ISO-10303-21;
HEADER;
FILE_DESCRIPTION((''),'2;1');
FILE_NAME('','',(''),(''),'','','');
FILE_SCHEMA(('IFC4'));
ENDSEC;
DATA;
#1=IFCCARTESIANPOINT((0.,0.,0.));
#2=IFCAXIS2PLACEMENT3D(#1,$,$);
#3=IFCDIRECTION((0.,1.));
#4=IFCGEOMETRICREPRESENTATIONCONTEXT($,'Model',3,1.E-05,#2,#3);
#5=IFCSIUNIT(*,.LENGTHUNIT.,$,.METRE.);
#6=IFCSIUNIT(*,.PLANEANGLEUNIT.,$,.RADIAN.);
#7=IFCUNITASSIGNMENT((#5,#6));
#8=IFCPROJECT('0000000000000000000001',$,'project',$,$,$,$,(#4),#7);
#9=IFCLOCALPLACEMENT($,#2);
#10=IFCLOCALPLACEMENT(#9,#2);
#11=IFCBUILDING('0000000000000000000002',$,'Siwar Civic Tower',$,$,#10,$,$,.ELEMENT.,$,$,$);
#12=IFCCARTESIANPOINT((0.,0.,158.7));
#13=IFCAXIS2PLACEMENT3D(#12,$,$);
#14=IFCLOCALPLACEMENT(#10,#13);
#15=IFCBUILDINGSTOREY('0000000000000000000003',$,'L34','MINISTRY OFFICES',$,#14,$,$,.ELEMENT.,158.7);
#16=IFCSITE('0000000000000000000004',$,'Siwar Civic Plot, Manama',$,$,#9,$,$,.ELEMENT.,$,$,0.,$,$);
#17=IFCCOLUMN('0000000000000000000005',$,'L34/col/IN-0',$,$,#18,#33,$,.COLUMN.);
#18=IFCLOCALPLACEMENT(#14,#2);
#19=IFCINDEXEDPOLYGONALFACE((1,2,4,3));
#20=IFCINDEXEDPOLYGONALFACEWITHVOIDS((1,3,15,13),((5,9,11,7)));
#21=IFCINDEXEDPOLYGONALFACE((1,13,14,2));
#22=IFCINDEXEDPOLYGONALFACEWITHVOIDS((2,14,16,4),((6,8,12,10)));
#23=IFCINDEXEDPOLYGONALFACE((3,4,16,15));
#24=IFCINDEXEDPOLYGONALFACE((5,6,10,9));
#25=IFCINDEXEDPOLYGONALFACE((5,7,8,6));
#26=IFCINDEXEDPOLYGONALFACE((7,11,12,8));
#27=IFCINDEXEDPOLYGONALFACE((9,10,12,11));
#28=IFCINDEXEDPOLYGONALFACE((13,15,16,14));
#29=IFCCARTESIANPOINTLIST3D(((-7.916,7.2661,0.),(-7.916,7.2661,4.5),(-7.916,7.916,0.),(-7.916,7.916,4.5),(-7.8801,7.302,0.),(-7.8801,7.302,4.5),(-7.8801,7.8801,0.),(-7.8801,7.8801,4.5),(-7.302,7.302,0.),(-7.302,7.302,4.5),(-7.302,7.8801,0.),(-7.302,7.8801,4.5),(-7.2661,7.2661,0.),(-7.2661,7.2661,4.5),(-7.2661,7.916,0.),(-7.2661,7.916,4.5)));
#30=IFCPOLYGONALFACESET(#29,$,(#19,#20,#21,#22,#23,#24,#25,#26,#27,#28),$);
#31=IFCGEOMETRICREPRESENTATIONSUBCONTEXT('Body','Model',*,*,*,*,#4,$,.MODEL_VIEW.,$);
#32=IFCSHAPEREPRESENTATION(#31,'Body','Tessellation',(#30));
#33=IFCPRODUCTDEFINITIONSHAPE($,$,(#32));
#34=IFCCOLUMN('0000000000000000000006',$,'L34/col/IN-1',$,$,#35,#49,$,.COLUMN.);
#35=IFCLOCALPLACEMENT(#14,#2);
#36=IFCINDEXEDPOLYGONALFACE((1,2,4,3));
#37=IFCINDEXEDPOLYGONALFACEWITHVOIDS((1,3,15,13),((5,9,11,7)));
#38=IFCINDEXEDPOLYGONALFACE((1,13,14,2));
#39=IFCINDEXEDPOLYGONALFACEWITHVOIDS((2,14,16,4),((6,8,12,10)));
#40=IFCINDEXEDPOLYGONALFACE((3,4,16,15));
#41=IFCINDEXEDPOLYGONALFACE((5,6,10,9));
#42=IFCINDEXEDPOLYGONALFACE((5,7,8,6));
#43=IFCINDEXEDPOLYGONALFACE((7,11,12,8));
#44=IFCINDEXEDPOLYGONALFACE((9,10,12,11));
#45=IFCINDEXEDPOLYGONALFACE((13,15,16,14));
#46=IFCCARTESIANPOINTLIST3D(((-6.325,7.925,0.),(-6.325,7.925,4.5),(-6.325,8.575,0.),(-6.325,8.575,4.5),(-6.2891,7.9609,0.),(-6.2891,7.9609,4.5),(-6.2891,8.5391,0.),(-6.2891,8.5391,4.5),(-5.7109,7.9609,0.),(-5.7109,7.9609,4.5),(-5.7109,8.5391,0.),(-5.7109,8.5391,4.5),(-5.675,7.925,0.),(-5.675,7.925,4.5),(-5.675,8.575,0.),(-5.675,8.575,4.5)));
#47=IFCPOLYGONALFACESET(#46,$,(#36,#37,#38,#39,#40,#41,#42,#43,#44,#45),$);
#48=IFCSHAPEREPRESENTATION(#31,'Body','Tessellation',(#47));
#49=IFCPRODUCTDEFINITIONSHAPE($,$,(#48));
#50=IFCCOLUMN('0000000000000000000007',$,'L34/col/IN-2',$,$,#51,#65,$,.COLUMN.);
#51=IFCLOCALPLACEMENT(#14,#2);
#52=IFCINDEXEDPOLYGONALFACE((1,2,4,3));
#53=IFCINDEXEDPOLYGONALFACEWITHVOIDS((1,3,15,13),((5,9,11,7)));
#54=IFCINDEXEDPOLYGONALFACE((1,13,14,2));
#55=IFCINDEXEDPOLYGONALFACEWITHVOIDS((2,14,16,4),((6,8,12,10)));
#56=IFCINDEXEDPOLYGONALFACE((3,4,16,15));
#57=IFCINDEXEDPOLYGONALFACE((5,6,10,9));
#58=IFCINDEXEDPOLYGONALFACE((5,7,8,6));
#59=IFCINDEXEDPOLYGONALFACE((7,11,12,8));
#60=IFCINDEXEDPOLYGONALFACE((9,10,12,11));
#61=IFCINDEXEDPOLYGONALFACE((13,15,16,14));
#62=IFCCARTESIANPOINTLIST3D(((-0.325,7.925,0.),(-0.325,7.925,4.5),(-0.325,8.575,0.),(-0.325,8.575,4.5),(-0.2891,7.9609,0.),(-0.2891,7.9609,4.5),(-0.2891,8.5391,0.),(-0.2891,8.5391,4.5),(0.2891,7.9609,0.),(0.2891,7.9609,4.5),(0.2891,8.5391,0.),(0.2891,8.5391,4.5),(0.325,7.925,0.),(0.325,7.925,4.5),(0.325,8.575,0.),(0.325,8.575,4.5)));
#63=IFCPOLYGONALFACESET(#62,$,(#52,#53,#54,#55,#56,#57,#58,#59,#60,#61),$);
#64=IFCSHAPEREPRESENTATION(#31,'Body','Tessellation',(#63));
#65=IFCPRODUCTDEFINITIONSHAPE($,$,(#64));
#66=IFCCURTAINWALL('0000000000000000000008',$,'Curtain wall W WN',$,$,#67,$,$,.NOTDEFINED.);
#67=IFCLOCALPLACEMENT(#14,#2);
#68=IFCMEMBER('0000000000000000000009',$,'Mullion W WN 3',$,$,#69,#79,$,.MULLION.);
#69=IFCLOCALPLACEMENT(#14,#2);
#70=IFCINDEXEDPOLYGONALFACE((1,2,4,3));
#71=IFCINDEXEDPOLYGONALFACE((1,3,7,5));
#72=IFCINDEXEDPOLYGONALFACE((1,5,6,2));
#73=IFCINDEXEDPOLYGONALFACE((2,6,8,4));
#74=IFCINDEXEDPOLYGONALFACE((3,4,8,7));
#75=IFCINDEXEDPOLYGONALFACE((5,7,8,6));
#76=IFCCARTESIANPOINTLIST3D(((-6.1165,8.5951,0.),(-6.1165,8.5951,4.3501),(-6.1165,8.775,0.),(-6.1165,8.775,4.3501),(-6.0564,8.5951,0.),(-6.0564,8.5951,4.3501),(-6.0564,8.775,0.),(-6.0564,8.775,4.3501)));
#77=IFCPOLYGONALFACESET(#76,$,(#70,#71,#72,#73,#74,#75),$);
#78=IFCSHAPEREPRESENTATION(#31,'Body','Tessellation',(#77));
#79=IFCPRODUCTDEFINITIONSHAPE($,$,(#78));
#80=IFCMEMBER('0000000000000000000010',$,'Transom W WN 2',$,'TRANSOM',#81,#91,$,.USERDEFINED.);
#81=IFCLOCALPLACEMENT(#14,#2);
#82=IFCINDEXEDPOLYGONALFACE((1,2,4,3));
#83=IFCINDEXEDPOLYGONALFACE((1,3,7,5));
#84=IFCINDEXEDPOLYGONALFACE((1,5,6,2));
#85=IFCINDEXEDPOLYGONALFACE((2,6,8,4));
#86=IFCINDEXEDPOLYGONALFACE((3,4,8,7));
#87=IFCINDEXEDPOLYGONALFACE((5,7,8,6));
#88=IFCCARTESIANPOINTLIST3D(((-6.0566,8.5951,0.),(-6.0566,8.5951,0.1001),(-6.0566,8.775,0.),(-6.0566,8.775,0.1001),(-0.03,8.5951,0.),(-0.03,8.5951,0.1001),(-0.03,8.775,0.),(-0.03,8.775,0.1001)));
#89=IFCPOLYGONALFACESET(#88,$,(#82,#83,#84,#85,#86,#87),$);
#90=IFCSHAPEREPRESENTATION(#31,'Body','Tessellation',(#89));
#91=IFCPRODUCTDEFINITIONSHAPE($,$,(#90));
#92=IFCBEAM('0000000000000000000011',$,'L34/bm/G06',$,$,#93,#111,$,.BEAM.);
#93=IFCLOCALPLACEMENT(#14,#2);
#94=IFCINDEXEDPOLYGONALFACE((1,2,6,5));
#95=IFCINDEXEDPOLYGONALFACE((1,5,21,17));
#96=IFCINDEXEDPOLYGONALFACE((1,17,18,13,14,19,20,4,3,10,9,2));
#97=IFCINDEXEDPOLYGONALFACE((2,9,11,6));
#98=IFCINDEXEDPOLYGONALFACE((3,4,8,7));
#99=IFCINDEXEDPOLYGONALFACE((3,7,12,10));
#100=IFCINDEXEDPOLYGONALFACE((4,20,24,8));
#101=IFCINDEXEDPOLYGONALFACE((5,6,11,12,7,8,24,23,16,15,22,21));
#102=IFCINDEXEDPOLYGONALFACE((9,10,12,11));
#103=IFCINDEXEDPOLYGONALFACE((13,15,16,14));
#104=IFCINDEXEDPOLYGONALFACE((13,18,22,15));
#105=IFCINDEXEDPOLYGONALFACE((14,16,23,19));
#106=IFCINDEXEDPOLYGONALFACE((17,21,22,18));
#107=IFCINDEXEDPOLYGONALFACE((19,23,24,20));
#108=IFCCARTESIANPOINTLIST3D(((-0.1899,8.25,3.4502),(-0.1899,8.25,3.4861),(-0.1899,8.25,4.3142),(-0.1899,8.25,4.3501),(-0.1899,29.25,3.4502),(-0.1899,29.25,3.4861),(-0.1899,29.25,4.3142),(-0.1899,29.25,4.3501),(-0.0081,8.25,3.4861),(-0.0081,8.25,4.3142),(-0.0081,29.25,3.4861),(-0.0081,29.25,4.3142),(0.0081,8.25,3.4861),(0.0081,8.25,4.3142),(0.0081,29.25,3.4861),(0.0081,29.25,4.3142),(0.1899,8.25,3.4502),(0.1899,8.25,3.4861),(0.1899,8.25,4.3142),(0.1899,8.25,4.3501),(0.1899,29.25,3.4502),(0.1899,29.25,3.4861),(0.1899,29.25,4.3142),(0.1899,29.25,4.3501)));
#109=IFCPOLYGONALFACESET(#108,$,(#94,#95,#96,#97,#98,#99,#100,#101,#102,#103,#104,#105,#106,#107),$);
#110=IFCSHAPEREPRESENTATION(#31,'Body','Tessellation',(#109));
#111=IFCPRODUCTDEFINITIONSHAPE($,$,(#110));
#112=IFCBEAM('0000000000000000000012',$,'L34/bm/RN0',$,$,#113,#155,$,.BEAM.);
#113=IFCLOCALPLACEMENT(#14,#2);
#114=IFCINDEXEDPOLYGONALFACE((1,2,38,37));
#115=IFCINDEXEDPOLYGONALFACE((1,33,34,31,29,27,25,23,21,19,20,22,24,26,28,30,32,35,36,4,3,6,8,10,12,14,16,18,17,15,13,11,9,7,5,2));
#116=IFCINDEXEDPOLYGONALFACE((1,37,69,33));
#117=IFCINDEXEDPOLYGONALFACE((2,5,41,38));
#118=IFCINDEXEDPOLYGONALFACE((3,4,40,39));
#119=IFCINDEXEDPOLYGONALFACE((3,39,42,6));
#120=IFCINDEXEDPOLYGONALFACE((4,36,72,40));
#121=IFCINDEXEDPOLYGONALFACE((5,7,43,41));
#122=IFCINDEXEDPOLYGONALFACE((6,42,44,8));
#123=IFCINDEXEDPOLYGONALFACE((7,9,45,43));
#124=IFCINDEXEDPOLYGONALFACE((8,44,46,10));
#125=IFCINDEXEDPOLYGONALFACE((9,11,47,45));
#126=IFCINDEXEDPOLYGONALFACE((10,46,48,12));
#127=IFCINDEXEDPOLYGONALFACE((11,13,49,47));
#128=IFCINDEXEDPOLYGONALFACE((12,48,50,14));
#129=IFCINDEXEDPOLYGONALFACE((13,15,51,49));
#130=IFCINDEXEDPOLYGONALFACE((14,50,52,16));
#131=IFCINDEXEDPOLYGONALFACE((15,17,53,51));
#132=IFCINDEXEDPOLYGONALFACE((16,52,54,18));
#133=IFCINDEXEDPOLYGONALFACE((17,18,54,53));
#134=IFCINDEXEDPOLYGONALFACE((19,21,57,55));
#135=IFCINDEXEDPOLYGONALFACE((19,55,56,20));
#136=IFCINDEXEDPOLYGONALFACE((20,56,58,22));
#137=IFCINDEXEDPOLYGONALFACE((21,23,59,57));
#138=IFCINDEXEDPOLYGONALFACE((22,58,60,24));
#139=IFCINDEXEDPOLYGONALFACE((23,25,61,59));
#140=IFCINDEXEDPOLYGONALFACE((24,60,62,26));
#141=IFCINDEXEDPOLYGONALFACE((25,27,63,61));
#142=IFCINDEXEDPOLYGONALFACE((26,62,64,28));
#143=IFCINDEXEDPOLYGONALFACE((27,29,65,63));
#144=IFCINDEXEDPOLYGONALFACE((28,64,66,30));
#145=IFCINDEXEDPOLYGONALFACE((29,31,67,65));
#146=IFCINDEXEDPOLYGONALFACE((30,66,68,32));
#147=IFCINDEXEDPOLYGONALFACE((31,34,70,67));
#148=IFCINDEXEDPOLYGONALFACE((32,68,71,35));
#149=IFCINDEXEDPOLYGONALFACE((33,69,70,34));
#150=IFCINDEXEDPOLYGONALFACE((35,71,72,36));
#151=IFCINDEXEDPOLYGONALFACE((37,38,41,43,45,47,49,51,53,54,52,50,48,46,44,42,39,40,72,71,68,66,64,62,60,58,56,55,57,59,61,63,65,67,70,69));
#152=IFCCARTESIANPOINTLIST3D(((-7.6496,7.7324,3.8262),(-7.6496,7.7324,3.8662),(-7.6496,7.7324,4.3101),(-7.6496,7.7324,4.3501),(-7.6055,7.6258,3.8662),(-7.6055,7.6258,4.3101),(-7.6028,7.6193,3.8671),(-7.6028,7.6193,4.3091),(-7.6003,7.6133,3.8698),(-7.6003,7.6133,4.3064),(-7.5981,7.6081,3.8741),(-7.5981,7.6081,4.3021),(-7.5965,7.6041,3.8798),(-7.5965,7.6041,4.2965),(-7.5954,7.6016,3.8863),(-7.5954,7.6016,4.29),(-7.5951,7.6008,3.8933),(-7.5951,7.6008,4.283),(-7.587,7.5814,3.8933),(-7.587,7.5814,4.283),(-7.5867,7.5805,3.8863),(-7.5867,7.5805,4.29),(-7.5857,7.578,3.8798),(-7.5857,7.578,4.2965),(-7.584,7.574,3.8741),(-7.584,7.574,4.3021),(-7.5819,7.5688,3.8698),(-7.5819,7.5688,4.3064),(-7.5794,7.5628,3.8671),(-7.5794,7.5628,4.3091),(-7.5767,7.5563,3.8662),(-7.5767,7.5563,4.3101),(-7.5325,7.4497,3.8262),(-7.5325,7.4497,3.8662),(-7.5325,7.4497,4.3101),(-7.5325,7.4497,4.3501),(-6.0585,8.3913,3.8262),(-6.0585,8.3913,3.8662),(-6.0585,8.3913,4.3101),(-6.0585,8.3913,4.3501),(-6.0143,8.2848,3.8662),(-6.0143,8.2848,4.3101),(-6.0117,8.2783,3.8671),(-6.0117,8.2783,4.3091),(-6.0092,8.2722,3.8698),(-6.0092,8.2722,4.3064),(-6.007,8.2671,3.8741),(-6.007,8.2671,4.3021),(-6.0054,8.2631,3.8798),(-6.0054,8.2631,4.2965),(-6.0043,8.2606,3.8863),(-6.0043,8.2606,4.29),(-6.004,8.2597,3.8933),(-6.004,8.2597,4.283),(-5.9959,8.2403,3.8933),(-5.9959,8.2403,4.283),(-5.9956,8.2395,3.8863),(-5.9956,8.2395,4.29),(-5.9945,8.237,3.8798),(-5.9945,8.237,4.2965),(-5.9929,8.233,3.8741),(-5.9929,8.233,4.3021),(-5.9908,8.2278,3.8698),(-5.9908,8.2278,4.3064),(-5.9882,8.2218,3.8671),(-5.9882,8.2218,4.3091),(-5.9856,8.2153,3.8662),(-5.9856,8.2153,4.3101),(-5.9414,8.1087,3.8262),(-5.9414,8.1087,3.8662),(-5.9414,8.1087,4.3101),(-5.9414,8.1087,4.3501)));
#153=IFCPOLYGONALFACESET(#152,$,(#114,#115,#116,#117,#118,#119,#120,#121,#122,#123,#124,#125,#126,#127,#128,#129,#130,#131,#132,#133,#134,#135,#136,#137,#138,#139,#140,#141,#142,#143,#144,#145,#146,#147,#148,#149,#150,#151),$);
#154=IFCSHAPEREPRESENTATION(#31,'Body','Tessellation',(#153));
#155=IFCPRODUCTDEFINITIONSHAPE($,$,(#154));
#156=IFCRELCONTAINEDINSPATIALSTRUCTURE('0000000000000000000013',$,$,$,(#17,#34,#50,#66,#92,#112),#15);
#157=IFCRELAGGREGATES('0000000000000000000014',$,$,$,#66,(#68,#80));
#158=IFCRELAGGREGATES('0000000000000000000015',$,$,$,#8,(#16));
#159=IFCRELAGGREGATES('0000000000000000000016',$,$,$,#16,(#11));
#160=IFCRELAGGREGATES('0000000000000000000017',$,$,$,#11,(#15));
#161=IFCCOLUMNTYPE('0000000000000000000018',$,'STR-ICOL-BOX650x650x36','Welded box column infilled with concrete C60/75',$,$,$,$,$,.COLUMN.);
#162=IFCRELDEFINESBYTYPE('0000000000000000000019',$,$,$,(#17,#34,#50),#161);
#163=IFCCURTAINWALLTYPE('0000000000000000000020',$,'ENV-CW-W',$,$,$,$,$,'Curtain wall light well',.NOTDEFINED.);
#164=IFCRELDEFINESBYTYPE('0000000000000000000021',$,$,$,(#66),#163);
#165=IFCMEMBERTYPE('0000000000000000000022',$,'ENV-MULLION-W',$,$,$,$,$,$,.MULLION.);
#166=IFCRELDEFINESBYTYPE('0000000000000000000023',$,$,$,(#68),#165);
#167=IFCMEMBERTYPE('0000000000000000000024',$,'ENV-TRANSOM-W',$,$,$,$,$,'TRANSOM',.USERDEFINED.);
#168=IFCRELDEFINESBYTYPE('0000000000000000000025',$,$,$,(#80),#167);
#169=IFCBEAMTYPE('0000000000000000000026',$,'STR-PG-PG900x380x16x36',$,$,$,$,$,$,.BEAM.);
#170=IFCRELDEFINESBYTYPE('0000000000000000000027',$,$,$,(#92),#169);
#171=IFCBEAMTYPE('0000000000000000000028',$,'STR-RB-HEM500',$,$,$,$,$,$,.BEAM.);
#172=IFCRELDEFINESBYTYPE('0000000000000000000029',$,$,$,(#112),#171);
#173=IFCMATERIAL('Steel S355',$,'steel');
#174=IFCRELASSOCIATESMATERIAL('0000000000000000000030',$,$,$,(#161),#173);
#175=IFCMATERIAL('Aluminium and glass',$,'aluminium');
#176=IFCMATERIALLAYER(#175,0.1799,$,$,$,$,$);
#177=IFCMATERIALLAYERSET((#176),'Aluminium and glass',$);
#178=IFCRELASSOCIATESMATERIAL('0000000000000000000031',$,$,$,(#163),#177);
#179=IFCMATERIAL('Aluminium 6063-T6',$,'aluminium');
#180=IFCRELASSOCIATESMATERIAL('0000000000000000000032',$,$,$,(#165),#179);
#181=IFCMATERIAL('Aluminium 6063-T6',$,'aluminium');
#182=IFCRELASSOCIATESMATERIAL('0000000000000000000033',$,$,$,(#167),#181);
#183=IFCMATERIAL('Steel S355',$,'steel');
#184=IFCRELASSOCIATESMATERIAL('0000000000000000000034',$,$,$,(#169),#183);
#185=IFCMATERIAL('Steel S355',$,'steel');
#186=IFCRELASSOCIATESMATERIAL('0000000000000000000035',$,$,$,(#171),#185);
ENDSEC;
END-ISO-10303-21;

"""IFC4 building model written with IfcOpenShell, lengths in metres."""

from ifc_helpers import new_model, si_unit, direction, frame, origin, origin_2d, place, context, subcontext, project, spatial, rectangle, hollow_rectangle, i_section, extrude, material, layer, layer_set, material_profile, profile_set, type_object, element, aggregate, save


model = new_model("IFC4")

# Units and contexts
model_context = context("Model", 3, precision=1e-05, world=origin(), true_north=direction((0.0, 1.0)))
body_context = subcontext(model_context, "Body", "Model", "MODEL_VIEW")
ifc_project = project(units=[si_unit("LENGTHUNIT", "METRE"), si_unit("PLANEANGLEUNIT", "RADIAN")], contexts=[model_context])

# Site, building, storey
site_placement = place(None, origin())
site = spatial("IfcSite", under=ifc_project, at=site_placement, Name="Siwar Civic Plot, Manama", CompositionType="ELEMENT", RefElevation=0.0)
building_placement = place(site_placement, origin())
building = spatial("IfcBuilding", under=site, at=building_placement, Name="Siwar Civic Tower", CompositionType="ELEMENT")
storey_placement = place(building_placement, frame((0.0, 0.0, 158.7)))
storey = spatial("IfcBuildingStorey", under=building, at=storey_placement, Name="L34", Description="MINISTRY OFFICES", CompositionType="ELEMENT", Elevation=158.7)

# Columns
ifc_material_1 = material(Name="Steel S355", Category="steel")
ifc_material_profile_1 = material_profile(ifc_material_1, hollow_rectangle(XDim=0.6499, YDim=0.6499, WallThickness=0.0359, at=origin_2d()), Name="BOX650x650x36")
ifc_profile_set_1 = profile_set([ifc_material_profile_1], Name="Steel S355")
column_type = type_object("IfcColumnType", Name="STR-ICOL-BOX650x650x36", Description="Welded box column infilled with concrete C60/75", PredefinedType="COLUMN", material=ifc_profile_set_1)
for number, where, z_axis, x_axis, name in (
    (1, (-7.5911, 7.5911, 0.0), (0.0, 0.0, 1.0), (1.0, 0.0, 0.0), "L34/col/IN-0"),
    (2, (-6.0, 8.25, 0.0), (0.0, 0.0, 1.0), (1.0, 0.0, 0.0), "L34/col/IN-1"),
    (3, (0.0, 8.25, 0.0), (0.0, 0.0, 1.0), (1.0, 0.0, 0.0), "L34/col/IN-2"),
):
    element("IfcColumn", number, at=place(storey_placement, frame(where, z_axis=z_axis, x_axis=x_axis)), inside=storey, type_object=column_type, Name=name, PredefinedType="COLUMN", context=body_context, shape_type="SweptSolid", body=[
        extrude(hollow_rectangle(XDim=0.6499, YDim=0.6499, WallThickness=0.0359, at=origin_2d()), origin(), (0.0, 0.0, 1.0), 4.5),
    ])

# Curtain wall, members
ifc_material_2 = material(Name="Aluminium and glass", Category="aluminium")
ifc_layer_1 = layer(ifc_material_2, 0.1799)
ifc_layer_set_1 = layer_set([ifc_layer_1], Name="Aluminium and glass")
curtain_wall_type = type_object("IfcCurtainWallType", Name="ENV-CW-W", ElementType="Curtain wall light well", PredefinedType="NOTDEFINED", material=ifc_layer_set_1)
curtain_wall_placement = place(storey_placement, origin())
curtain_wall = element("IfcCurtainWall", 4, at=curtain_wall_placement, inside=storey, type_object=curtain_wall_type, Name="Curtain wall W WN", PredefinedType="NOTDEFINED")
ifc_material_3 = material(Name="Aluminium 6063-T6", Category="aluminium")
ifc_material_profile_2 = material_profile(ifc_material_3, rectangle(XDim=0.1799, YDim=0.0601, at=origin_2d()), Name="AL 180x60")
ifc_profile_set_2 = profile_set([ifc_material_profile_2], Name="Aluminium 6063-T6")
member_type_1 = type_object("IfcMemberType", Name="ENV-MULLION-W", PredefinedType="MULLION", material=ifc_profile_set_2)
member_1_placement = place(storey_placement, frame((-6.0864, 8.6851, 0.0), z_axis=(0.0, 0.0, 1.0), x_axis=(0.0, -1.0, 0.0)))
member_1 = element("IfcMember", 5, at=member_1_placement, type_object=member_type_1, Name="Mullion W WN 3", PredefinedType="MULLION", context=body_context, shape_type="SweptSolid", body=[
    extrude(rectangle(XDim=0.1799, YDim=0.0601, at=origin_2d()), origin(), (0.0, 0.0, 1.0), 4.3501),
])
ifc_material_4 = material(Name="Aluminium 6063-T6", Category="aluminium")
ifc_material_profile_3 = material_profile(ifc_material_4, rectangle(XDim=0.1799, YDim=0.1001, at=origin_2d()), Name="AL 180x100")
ifc_profile_set_3 = profile_set([ifc_material_profile_3], Name="Aluminium 6063-T6")
member_type_2 = type_object("IfcMemberType", Name="ENV-TRANSOM-W", ElementType="TRANSOM", PredefinedType="USERDEFINED", material=ifc_profile_set_3)
member_2_placement = place(storey_placement, frame((-0.03, 8.6851, 0.05), z_axis=(-1.0, 0.0, 0.0), x_axis=(0.0, -1.0, 0.0)))
member_2 = element("IfcMember", 6, at=member_2_placement, type_object=member_type_2, Name="Transom W WN 2", ObjectType="TRANSOM", PredefinedType="USERDEFINED", context=body_context, shape_type="SweptSolid", body=[
    extrude(rectangle(XDim=0.1799, YDim=0.1001, at=origin_2d()), origin(), (0.0, 0.0, 1.0), 6.0266),
])

# Beams
ifc_material_5 = material(Name="Steel S355", Category="steel")
ifc_material_profile_4 = material_profile(ifc_material_5, i_section(OverallWidth=0.3799, OverallDepth=0.8999, WebThickness=0.0161, FlangeThickness=0.0359, at=origin_2d()), Name="PG900x380x16x36")
ifc_profile_set_4 = profile_set([ifc_material_profile_4], Name="Steel S355")
beam_type_1 = type_object("IfcBeamType", Name="STR-PG-PG900x380x16x36", PredefinedType="BEAM", material=ifc_profile_set_4)
beam_1_placement = place(storey_placement, frame((0.0, 8.25, 3.9001), z_axis=(0.0, 1.0, 0.0), x_axis=(-1.0, 0.0, 0.0)))
element("IfcBeam", 7, at=beam_1_placement, inside=storey, type_object=beam_type_1, Name="L34/bm/G06", PredefinedType="BEAM", context=body_context, shape_type="SweptSolid", body=[
    extrude(i_section(OverallWidth=0.3799, OverallDepth=0.8999, WebThickness=0.0161, FlangeThickness=0.0359, at=origin_2d()), origin(), (0.0, 0.0, 1.0), 21.0),
])
ifc_material_6 = material(Name="Steel S355", Category="steel")
ifc_material_profile_5 = material_profile(ifc_material_6, i_section(OverallWidth=0.3059, OverallDepth=0.5239, WebThickness=0.021, FlangeThickness=0.04, FilletRadius=0.0271, at=origin_2d()), Name="HEM500")
ifc_profile_set_5 = profile_set([ifc_material_profile_5], Name="Steel S355")
beam_type_2 = type_object("IfcBeamType", Name="STR-RB-HEM500", PredefinedType="BEAM", material=ifc_profile_set_5)
beam_2_placement = place(storey_placement, frame((-7.5911, 7.5911, 4.0881), z_axis=(0.923901, 0.382631, 0.0), x_axis=(-0.382631, 0.923901, 0.0)))
element("IfcBeam", 8, at=beam_2_placement, inside=storey, type_object=beam_type_2, Name="L34/bm/RN0", PredefinedType="BEAM", context=body_context, shape_type="SweptSolid", body=[
    extrude(i_section(OverallWidth=0.3059, OverallDepth=0.5239, WebThickness=0.021, FlangeThickness=0.04, FilletRadius=0.0271, at=origin_2d()), origin(), (0.0, 0.0, 1.0), 1.7222),
])

aggregate(curtain_wall, [member_1, member_2])

save(model, "model.ifc")
